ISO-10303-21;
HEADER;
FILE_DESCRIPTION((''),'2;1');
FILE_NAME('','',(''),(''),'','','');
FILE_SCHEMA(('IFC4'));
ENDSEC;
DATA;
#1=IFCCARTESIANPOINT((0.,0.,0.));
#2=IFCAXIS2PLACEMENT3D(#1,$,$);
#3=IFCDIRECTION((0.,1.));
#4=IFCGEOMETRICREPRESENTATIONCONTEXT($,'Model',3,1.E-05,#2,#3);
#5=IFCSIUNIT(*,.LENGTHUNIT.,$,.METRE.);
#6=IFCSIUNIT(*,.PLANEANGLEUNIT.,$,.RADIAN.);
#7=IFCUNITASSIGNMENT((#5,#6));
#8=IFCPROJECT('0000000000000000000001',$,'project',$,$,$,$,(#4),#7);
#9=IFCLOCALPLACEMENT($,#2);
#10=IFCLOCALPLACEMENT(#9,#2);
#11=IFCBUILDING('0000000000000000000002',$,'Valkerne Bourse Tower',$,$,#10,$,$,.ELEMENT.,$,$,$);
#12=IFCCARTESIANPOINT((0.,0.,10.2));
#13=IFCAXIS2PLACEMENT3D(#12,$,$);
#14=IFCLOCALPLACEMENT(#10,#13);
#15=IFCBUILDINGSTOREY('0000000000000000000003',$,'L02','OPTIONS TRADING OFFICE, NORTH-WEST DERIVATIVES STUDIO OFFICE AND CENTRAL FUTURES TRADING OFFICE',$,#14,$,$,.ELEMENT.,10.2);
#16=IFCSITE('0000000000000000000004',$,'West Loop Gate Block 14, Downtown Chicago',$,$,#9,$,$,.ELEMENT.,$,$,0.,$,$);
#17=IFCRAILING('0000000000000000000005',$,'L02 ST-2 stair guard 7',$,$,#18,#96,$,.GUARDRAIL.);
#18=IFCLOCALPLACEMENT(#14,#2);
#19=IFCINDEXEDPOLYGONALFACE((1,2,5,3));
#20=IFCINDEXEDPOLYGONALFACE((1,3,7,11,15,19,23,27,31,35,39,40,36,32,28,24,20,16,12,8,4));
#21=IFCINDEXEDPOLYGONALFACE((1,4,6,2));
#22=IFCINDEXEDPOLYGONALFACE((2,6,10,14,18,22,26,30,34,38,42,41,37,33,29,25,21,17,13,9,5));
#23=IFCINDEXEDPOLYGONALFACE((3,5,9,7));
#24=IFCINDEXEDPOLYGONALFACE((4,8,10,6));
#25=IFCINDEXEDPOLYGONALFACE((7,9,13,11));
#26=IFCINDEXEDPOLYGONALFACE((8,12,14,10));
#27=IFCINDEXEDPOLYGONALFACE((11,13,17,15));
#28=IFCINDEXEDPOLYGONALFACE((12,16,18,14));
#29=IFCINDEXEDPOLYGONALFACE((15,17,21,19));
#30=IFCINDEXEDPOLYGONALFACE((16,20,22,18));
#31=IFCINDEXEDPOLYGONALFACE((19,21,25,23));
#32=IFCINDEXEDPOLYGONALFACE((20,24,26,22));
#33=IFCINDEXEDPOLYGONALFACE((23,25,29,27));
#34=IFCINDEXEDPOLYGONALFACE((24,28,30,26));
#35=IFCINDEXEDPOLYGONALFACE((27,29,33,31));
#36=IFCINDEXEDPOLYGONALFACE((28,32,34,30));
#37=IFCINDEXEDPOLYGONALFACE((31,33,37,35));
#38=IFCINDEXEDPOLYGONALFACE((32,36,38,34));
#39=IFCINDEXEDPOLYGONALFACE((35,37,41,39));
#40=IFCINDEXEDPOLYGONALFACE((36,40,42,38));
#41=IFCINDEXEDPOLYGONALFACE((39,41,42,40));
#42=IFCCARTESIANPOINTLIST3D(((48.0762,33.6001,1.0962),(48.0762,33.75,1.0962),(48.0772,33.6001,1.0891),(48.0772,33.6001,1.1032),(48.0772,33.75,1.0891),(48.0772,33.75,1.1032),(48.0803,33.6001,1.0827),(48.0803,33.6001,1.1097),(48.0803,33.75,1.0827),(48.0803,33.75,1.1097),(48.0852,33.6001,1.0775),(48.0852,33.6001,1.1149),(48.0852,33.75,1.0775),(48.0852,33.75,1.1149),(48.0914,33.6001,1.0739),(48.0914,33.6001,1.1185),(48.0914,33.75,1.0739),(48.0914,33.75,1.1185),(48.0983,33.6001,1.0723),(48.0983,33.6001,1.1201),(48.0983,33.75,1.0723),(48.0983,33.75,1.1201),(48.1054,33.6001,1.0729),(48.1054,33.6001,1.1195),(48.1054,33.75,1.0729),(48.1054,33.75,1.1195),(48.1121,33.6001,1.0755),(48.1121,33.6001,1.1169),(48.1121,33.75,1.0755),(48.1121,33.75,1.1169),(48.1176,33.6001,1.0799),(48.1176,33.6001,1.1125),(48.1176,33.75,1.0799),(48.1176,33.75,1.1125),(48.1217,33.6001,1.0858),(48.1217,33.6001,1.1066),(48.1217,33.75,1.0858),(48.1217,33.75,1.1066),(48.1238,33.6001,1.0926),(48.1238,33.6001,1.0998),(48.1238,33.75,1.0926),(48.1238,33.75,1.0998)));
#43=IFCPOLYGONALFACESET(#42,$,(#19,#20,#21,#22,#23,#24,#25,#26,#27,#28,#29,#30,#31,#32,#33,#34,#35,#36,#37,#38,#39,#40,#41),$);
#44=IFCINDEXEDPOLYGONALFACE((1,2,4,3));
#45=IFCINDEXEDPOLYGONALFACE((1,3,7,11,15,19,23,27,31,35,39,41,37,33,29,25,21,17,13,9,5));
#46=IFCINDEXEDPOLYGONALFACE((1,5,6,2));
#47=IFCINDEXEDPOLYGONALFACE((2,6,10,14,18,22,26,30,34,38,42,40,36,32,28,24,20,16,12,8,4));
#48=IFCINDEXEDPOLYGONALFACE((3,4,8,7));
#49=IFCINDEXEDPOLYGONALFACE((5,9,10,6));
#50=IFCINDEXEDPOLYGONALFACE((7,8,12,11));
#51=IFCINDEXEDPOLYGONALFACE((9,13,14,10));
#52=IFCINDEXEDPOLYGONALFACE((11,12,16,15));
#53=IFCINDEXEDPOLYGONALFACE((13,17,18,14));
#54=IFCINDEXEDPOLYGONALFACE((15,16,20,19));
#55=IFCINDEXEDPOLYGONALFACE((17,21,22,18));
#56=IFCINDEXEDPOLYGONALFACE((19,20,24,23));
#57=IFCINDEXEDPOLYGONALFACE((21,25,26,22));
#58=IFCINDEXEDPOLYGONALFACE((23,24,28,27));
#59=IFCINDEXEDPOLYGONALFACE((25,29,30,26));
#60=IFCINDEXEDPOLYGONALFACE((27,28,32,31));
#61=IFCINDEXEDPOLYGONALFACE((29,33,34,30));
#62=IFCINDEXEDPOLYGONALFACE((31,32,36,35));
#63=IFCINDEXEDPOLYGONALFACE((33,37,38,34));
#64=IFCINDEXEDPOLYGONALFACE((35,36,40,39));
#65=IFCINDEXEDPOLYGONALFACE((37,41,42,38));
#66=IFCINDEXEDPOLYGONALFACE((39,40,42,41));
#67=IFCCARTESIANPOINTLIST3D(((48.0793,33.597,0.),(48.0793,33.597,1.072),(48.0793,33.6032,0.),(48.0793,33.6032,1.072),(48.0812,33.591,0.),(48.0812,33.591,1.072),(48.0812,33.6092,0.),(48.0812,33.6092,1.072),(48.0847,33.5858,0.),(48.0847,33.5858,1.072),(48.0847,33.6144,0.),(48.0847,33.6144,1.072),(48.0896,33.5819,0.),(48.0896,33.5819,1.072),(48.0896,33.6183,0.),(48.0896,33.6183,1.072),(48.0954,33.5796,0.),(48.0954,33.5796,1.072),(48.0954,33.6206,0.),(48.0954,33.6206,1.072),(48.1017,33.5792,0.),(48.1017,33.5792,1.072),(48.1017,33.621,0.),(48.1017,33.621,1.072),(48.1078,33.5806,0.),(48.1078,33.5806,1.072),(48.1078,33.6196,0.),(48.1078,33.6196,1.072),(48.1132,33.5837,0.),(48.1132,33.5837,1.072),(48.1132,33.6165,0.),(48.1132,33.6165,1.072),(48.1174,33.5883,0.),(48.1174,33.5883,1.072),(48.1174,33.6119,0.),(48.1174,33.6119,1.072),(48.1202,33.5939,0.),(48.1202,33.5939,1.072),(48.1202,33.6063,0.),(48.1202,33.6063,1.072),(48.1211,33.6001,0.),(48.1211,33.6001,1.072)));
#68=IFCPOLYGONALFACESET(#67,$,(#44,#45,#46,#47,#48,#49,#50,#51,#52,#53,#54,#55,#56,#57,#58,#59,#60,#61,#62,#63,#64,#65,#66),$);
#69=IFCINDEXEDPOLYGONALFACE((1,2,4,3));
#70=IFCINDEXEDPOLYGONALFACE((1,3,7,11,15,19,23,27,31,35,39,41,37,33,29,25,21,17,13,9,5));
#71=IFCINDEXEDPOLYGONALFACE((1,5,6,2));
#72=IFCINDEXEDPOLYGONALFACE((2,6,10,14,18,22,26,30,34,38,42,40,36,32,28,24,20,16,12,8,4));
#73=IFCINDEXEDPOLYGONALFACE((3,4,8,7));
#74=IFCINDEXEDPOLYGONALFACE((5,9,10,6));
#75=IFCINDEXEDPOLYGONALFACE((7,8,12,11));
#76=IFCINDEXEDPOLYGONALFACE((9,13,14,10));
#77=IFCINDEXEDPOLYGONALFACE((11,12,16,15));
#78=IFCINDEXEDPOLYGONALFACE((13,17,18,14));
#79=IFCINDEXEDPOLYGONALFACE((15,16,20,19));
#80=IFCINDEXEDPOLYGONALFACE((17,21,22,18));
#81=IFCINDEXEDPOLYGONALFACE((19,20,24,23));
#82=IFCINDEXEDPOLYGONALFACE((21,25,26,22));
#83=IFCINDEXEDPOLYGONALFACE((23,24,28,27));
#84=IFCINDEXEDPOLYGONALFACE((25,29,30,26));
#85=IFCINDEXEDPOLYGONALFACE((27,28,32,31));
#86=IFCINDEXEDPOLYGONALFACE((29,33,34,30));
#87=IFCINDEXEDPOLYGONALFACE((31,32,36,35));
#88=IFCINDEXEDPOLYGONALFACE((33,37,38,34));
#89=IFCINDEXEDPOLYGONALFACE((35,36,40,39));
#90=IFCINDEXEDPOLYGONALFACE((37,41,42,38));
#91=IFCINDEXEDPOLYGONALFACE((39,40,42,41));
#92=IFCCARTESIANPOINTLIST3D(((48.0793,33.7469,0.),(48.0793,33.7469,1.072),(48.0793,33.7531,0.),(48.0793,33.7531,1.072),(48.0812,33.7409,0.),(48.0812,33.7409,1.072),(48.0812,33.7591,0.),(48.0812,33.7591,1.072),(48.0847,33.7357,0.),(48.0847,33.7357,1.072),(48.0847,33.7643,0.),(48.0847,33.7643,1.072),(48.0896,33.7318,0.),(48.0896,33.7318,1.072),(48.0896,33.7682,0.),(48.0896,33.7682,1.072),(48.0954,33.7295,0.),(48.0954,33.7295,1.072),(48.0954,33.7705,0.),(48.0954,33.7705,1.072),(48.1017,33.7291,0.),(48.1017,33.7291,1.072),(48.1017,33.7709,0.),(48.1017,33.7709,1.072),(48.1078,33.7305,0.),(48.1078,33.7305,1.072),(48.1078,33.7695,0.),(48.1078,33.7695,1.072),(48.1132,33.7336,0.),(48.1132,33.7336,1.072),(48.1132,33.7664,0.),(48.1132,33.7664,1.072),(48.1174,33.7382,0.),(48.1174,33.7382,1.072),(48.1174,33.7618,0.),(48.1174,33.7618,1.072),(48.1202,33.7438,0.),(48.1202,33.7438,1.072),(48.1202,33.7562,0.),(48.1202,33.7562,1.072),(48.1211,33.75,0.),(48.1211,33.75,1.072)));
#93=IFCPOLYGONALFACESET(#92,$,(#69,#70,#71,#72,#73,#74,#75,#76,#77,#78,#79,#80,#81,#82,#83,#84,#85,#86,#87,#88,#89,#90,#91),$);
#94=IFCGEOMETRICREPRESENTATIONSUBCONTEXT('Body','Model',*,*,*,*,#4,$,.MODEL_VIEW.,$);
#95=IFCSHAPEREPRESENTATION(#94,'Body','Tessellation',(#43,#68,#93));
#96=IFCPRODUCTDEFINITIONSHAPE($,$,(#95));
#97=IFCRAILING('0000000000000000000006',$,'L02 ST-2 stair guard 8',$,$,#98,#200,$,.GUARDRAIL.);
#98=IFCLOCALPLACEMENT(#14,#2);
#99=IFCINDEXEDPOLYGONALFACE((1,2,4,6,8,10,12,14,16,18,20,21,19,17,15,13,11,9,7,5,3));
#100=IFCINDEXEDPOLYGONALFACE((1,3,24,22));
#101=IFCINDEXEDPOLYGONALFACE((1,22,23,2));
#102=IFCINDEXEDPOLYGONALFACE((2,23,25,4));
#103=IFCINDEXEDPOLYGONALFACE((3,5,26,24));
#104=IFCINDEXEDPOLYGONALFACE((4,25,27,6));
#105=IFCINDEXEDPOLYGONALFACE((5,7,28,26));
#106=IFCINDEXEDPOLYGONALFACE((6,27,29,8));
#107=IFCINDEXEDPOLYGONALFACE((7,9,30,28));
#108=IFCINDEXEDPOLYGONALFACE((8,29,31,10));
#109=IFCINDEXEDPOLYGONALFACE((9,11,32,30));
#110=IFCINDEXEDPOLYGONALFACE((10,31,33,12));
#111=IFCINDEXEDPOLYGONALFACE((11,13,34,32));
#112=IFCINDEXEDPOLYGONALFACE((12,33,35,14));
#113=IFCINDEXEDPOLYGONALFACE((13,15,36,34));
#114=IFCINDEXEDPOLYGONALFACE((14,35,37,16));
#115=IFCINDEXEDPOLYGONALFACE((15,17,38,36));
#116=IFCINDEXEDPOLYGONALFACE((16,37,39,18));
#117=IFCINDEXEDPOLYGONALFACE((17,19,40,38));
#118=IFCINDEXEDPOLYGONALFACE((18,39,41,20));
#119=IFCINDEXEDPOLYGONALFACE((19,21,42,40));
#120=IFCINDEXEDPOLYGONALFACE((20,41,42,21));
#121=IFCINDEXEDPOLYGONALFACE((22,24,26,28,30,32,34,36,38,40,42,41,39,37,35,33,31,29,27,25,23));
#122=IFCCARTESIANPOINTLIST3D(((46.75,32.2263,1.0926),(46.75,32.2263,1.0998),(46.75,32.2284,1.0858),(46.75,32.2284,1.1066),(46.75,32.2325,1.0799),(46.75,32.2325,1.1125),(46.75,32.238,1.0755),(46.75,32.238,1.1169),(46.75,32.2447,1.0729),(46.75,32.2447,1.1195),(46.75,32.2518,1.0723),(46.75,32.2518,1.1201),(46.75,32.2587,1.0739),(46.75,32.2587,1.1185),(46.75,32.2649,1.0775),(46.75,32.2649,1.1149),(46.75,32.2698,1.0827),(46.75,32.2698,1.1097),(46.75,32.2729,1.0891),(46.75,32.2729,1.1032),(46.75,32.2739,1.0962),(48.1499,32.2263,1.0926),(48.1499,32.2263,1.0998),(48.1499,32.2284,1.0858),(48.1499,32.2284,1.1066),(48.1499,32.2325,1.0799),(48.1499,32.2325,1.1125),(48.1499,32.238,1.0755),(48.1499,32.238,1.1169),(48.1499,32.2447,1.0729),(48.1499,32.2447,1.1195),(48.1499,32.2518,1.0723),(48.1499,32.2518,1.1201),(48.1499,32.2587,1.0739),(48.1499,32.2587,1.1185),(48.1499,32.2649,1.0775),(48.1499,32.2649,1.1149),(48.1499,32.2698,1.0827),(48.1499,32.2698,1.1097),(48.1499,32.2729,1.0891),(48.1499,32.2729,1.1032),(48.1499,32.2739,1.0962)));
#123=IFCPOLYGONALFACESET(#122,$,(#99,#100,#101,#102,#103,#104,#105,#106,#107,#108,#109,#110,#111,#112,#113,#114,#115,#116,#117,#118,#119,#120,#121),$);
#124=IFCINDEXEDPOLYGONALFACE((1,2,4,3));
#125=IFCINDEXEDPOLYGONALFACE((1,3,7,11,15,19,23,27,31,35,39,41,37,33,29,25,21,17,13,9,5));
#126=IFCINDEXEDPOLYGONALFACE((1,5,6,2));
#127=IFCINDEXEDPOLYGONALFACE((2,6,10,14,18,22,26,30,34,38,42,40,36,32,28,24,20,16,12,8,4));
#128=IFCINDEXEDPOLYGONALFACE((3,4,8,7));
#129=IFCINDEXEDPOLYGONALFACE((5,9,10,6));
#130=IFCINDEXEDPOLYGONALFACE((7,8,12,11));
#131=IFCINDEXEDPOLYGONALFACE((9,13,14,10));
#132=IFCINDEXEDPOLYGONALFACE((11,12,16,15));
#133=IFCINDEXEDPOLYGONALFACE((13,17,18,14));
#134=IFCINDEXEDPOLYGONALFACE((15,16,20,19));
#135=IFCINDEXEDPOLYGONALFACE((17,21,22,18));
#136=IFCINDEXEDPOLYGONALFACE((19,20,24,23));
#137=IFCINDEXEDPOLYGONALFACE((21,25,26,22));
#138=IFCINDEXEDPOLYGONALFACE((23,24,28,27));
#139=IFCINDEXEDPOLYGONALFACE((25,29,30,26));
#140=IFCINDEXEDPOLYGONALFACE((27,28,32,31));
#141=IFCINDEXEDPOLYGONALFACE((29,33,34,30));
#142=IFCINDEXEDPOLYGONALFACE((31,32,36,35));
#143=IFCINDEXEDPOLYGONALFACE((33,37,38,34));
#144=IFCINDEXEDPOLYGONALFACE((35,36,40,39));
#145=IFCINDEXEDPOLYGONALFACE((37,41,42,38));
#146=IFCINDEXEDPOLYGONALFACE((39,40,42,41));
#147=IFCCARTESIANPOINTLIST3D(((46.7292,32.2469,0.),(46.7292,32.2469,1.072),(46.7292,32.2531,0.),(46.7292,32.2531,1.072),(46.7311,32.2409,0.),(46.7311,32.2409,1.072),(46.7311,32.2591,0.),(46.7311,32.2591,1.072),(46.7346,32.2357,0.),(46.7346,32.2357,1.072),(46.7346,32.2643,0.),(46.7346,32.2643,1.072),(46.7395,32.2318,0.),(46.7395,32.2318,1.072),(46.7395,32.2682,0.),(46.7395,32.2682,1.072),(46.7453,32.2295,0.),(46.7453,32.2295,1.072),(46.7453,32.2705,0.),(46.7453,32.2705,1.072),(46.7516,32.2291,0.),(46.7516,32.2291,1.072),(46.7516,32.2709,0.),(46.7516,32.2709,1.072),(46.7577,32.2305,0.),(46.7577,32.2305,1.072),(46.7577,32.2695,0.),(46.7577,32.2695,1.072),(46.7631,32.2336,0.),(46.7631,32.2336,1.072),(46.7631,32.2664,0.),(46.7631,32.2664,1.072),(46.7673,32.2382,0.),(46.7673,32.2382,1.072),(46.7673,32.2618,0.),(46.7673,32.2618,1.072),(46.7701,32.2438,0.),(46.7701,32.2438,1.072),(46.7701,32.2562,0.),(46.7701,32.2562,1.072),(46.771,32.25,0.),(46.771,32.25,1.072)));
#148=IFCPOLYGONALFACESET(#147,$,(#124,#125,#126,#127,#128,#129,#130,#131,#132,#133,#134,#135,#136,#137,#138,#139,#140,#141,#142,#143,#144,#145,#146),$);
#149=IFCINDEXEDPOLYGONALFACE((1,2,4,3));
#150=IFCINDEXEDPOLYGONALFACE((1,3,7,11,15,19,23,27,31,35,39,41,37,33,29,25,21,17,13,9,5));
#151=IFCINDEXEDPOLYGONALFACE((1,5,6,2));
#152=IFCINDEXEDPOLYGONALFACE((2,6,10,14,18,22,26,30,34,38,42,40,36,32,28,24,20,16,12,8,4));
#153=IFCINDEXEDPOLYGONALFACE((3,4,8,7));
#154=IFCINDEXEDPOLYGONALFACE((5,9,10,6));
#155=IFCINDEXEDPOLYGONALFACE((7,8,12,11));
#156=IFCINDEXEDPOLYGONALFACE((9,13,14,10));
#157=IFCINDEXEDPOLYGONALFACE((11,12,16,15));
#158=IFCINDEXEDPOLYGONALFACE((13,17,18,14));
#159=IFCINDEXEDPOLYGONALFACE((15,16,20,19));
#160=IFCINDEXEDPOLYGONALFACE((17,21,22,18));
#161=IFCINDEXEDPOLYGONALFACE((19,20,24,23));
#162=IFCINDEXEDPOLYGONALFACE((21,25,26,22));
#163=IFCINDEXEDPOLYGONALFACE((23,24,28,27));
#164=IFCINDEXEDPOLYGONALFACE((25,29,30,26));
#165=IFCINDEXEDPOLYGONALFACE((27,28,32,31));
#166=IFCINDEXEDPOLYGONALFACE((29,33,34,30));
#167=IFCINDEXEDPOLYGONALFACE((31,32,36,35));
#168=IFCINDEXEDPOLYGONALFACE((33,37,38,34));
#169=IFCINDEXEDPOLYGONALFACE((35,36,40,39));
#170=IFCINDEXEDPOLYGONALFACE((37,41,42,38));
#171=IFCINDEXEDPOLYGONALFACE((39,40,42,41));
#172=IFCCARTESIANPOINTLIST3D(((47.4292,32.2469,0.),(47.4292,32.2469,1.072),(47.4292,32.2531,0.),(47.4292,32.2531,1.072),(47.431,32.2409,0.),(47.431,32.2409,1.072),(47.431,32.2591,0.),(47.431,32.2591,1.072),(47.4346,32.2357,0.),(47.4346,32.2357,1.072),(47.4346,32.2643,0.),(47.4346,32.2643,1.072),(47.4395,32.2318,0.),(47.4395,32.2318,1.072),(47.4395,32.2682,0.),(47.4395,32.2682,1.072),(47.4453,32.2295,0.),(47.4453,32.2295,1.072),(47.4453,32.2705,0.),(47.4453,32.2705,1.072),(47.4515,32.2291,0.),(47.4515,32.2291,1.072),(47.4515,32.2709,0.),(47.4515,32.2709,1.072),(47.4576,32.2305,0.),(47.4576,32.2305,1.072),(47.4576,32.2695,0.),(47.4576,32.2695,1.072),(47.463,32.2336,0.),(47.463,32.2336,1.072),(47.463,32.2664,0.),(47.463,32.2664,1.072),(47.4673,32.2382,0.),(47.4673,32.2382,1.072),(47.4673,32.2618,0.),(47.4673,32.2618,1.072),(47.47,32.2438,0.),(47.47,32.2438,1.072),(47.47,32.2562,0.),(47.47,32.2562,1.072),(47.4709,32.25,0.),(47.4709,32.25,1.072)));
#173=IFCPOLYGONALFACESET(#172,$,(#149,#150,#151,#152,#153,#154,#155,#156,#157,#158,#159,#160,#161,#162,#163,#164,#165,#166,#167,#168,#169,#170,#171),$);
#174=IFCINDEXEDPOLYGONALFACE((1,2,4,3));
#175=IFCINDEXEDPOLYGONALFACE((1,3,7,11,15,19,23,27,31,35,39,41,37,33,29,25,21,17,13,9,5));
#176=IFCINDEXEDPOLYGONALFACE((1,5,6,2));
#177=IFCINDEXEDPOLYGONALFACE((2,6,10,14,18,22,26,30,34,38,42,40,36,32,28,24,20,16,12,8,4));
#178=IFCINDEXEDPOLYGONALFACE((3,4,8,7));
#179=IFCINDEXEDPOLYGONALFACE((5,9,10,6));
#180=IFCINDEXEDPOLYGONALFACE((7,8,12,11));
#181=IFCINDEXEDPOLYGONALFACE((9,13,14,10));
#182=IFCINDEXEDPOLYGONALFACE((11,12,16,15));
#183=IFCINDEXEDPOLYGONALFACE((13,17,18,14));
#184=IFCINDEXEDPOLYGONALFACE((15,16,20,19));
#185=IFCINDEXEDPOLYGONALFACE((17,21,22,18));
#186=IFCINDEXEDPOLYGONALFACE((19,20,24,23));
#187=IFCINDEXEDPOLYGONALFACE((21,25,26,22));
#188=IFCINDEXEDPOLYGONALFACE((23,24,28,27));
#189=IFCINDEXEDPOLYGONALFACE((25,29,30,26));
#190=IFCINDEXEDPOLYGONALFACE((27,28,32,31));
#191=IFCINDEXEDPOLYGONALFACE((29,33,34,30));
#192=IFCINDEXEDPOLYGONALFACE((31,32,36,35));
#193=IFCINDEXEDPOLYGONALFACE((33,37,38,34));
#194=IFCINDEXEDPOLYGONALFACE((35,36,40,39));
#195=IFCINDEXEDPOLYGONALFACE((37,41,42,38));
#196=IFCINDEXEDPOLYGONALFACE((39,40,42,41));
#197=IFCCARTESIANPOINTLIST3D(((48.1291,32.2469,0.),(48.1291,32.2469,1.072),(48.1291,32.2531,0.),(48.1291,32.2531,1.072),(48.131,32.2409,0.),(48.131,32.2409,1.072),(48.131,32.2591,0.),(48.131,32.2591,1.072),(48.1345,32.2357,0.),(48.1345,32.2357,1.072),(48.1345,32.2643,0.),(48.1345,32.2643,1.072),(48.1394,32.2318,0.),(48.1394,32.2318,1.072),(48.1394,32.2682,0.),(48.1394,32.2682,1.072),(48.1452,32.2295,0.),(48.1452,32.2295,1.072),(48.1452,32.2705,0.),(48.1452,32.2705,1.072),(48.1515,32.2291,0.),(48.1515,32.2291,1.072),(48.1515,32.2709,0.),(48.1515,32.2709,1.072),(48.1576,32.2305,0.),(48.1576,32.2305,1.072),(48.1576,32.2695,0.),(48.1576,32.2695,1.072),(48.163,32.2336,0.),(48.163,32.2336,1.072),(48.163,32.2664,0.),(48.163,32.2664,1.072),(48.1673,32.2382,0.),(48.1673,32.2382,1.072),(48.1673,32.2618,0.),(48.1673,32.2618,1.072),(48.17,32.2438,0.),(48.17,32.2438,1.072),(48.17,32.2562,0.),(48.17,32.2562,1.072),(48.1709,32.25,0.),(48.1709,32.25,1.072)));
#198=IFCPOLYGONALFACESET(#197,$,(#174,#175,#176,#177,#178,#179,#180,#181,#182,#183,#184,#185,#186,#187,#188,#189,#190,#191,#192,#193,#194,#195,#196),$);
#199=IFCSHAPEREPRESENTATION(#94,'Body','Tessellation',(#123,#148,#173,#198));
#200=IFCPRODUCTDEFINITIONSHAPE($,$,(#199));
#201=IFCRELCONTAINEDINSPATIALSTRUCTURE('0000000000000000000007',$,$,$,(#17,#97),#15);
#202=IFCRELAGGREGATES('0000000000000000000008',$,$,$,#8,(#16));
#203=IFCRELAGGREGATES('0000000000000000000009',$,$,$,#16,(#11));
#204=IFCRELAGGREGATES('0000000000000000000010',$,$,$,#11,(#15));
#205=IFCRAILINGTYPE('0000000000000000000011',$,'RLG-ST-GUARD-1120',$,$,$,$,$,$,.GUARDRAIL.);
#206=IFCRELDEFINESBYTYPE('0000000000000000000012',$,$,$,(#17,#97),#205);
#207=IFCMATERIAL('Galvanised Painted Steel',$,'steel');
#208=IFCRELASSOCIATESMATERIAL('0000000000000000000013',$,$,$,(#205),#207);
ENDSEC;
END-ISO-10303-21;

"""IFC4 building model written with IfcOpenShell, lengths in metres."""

from ifc_helpers import new_model, si_unit, direction, frame, origin, origin_2d, place, context, subcontext, project, spatial, circle, extrude, material, type_object, element, save


model = new_model("IFC4")

# Units and contexts
model_context = context("Model", 3, precision=1e-05, world=origin(), true_north=direction((0.0, 1.0)))
body_context = subcontext(model_context, "Body", "Model", "MODEL_VIEW")
ifc_project = project(units=[si_unit("LENGTHUNIT", "METRE"), si_unit("PLANEANGLEUNIT", "RADIAN")], contexts=[model_context])

# Site, building, storey
site_placement = place(None, origin())
site = spatial("IfcSite", under=ifc_project, at=site_placement, Name="West Loop Gate Block 14, Downtown Chicago", CompositionType="ELEMENT", RefElevation=0.0)
building_placement = place(site_placement, origin())
building = spatial("IfcBuilding", under=site, at=building_placement, Name="Valkerne Bourse Tower", CompositionType="ELEMENT")
storey_placement = place(building_placement, frame((0.0, 0.0, 10.2)))
storey = spatial("IfcBuildingStorey", under=building, at=storey_placement, Name="L02", Description="OPTIONS TRADING OFFICE, NORTH-WEST DERIVATIVES STUDIO OFFICE AND CENTRAL FUTURES TRADING OFFICE", CompositionType="ELEMENT", Elevation=10.2)

# Shared definitions
ifc_material_1 = material(Name="Galvanised Painted Steel", Category="steel")

# Railings
railing_type_1 = type_object("IfcRailingType", Name="RLG-ST-GUARD-1120", PredefinedType="GUARDRAIL", material=ifc_material_1)
railing_1_placement = place(storey_placement, frame((48.1001, 33.6001, 0.0)))
element("IfcRailing", 1, at=railing_1_placement, inside=storey, type_object=railing_type_1, Name="L02 ST-2 stair guard 7", PredefinedType="GUARDRAIL", context=body_context, shape_type="SweptSolid", body=[
    extrude(circle(Radius=0.0239, at=origin_2d()), frame((0.0, 0.0, 1.0962), z_axis=(0.0, 1.0, 0.0), x_axis=(-1.0, 0.0, 0.0)), (0.0, 0.0, 1.0), 0.1499),
    extrude(circle(Radius=0.021, at=origin_2d()), origin(), (0.0, 0.0, 1.0), 1.072),
    extrude(circle(Radius=0.021, at=origin_2d()), frame((0.0, 0.1499, 0.0)), (0.0, 0.0, 1.0), 1.072),
])
railing_2_placement = place(storey_placement, frame((46.75, 32.25, 0.0)))
element("IfcRailing", 2, at=railing_2_placement, inside=storey, type_object=railing_type_1, Name="L02 ST-2 stair guard 8", PredefinedType="GUARDRAIL", context=body_context, shape_type="SweptSolid", body=[
    extrude(circle(Radius=0.0239, at=origin_2d()), frame((0.0, 0.0, 1.0962), z_axis=(1.0, 0.0, 0.0), x_axis=(0.0, 1.0, 0.0)), (0.0, 0.0, 1.0), 1.3999),
    extrude(circle(Radius=0.021, at=origin_2d()), origin(), (0.0, 0.0, 1.0), 1.072),
    extrude(circle(Radius=0.021, at=origin_2d()), frame((0.7, 0.0, 0.0)), (0.0, 0.0, 1.0), 1.072),
    extrude(circle(Radius=0.021, at=origin_2d()), frame((1.3999, 0.0, 0.0)), (0.0, 0.0, 1.0), 1.072),
])

save(model, "model.ifc")
